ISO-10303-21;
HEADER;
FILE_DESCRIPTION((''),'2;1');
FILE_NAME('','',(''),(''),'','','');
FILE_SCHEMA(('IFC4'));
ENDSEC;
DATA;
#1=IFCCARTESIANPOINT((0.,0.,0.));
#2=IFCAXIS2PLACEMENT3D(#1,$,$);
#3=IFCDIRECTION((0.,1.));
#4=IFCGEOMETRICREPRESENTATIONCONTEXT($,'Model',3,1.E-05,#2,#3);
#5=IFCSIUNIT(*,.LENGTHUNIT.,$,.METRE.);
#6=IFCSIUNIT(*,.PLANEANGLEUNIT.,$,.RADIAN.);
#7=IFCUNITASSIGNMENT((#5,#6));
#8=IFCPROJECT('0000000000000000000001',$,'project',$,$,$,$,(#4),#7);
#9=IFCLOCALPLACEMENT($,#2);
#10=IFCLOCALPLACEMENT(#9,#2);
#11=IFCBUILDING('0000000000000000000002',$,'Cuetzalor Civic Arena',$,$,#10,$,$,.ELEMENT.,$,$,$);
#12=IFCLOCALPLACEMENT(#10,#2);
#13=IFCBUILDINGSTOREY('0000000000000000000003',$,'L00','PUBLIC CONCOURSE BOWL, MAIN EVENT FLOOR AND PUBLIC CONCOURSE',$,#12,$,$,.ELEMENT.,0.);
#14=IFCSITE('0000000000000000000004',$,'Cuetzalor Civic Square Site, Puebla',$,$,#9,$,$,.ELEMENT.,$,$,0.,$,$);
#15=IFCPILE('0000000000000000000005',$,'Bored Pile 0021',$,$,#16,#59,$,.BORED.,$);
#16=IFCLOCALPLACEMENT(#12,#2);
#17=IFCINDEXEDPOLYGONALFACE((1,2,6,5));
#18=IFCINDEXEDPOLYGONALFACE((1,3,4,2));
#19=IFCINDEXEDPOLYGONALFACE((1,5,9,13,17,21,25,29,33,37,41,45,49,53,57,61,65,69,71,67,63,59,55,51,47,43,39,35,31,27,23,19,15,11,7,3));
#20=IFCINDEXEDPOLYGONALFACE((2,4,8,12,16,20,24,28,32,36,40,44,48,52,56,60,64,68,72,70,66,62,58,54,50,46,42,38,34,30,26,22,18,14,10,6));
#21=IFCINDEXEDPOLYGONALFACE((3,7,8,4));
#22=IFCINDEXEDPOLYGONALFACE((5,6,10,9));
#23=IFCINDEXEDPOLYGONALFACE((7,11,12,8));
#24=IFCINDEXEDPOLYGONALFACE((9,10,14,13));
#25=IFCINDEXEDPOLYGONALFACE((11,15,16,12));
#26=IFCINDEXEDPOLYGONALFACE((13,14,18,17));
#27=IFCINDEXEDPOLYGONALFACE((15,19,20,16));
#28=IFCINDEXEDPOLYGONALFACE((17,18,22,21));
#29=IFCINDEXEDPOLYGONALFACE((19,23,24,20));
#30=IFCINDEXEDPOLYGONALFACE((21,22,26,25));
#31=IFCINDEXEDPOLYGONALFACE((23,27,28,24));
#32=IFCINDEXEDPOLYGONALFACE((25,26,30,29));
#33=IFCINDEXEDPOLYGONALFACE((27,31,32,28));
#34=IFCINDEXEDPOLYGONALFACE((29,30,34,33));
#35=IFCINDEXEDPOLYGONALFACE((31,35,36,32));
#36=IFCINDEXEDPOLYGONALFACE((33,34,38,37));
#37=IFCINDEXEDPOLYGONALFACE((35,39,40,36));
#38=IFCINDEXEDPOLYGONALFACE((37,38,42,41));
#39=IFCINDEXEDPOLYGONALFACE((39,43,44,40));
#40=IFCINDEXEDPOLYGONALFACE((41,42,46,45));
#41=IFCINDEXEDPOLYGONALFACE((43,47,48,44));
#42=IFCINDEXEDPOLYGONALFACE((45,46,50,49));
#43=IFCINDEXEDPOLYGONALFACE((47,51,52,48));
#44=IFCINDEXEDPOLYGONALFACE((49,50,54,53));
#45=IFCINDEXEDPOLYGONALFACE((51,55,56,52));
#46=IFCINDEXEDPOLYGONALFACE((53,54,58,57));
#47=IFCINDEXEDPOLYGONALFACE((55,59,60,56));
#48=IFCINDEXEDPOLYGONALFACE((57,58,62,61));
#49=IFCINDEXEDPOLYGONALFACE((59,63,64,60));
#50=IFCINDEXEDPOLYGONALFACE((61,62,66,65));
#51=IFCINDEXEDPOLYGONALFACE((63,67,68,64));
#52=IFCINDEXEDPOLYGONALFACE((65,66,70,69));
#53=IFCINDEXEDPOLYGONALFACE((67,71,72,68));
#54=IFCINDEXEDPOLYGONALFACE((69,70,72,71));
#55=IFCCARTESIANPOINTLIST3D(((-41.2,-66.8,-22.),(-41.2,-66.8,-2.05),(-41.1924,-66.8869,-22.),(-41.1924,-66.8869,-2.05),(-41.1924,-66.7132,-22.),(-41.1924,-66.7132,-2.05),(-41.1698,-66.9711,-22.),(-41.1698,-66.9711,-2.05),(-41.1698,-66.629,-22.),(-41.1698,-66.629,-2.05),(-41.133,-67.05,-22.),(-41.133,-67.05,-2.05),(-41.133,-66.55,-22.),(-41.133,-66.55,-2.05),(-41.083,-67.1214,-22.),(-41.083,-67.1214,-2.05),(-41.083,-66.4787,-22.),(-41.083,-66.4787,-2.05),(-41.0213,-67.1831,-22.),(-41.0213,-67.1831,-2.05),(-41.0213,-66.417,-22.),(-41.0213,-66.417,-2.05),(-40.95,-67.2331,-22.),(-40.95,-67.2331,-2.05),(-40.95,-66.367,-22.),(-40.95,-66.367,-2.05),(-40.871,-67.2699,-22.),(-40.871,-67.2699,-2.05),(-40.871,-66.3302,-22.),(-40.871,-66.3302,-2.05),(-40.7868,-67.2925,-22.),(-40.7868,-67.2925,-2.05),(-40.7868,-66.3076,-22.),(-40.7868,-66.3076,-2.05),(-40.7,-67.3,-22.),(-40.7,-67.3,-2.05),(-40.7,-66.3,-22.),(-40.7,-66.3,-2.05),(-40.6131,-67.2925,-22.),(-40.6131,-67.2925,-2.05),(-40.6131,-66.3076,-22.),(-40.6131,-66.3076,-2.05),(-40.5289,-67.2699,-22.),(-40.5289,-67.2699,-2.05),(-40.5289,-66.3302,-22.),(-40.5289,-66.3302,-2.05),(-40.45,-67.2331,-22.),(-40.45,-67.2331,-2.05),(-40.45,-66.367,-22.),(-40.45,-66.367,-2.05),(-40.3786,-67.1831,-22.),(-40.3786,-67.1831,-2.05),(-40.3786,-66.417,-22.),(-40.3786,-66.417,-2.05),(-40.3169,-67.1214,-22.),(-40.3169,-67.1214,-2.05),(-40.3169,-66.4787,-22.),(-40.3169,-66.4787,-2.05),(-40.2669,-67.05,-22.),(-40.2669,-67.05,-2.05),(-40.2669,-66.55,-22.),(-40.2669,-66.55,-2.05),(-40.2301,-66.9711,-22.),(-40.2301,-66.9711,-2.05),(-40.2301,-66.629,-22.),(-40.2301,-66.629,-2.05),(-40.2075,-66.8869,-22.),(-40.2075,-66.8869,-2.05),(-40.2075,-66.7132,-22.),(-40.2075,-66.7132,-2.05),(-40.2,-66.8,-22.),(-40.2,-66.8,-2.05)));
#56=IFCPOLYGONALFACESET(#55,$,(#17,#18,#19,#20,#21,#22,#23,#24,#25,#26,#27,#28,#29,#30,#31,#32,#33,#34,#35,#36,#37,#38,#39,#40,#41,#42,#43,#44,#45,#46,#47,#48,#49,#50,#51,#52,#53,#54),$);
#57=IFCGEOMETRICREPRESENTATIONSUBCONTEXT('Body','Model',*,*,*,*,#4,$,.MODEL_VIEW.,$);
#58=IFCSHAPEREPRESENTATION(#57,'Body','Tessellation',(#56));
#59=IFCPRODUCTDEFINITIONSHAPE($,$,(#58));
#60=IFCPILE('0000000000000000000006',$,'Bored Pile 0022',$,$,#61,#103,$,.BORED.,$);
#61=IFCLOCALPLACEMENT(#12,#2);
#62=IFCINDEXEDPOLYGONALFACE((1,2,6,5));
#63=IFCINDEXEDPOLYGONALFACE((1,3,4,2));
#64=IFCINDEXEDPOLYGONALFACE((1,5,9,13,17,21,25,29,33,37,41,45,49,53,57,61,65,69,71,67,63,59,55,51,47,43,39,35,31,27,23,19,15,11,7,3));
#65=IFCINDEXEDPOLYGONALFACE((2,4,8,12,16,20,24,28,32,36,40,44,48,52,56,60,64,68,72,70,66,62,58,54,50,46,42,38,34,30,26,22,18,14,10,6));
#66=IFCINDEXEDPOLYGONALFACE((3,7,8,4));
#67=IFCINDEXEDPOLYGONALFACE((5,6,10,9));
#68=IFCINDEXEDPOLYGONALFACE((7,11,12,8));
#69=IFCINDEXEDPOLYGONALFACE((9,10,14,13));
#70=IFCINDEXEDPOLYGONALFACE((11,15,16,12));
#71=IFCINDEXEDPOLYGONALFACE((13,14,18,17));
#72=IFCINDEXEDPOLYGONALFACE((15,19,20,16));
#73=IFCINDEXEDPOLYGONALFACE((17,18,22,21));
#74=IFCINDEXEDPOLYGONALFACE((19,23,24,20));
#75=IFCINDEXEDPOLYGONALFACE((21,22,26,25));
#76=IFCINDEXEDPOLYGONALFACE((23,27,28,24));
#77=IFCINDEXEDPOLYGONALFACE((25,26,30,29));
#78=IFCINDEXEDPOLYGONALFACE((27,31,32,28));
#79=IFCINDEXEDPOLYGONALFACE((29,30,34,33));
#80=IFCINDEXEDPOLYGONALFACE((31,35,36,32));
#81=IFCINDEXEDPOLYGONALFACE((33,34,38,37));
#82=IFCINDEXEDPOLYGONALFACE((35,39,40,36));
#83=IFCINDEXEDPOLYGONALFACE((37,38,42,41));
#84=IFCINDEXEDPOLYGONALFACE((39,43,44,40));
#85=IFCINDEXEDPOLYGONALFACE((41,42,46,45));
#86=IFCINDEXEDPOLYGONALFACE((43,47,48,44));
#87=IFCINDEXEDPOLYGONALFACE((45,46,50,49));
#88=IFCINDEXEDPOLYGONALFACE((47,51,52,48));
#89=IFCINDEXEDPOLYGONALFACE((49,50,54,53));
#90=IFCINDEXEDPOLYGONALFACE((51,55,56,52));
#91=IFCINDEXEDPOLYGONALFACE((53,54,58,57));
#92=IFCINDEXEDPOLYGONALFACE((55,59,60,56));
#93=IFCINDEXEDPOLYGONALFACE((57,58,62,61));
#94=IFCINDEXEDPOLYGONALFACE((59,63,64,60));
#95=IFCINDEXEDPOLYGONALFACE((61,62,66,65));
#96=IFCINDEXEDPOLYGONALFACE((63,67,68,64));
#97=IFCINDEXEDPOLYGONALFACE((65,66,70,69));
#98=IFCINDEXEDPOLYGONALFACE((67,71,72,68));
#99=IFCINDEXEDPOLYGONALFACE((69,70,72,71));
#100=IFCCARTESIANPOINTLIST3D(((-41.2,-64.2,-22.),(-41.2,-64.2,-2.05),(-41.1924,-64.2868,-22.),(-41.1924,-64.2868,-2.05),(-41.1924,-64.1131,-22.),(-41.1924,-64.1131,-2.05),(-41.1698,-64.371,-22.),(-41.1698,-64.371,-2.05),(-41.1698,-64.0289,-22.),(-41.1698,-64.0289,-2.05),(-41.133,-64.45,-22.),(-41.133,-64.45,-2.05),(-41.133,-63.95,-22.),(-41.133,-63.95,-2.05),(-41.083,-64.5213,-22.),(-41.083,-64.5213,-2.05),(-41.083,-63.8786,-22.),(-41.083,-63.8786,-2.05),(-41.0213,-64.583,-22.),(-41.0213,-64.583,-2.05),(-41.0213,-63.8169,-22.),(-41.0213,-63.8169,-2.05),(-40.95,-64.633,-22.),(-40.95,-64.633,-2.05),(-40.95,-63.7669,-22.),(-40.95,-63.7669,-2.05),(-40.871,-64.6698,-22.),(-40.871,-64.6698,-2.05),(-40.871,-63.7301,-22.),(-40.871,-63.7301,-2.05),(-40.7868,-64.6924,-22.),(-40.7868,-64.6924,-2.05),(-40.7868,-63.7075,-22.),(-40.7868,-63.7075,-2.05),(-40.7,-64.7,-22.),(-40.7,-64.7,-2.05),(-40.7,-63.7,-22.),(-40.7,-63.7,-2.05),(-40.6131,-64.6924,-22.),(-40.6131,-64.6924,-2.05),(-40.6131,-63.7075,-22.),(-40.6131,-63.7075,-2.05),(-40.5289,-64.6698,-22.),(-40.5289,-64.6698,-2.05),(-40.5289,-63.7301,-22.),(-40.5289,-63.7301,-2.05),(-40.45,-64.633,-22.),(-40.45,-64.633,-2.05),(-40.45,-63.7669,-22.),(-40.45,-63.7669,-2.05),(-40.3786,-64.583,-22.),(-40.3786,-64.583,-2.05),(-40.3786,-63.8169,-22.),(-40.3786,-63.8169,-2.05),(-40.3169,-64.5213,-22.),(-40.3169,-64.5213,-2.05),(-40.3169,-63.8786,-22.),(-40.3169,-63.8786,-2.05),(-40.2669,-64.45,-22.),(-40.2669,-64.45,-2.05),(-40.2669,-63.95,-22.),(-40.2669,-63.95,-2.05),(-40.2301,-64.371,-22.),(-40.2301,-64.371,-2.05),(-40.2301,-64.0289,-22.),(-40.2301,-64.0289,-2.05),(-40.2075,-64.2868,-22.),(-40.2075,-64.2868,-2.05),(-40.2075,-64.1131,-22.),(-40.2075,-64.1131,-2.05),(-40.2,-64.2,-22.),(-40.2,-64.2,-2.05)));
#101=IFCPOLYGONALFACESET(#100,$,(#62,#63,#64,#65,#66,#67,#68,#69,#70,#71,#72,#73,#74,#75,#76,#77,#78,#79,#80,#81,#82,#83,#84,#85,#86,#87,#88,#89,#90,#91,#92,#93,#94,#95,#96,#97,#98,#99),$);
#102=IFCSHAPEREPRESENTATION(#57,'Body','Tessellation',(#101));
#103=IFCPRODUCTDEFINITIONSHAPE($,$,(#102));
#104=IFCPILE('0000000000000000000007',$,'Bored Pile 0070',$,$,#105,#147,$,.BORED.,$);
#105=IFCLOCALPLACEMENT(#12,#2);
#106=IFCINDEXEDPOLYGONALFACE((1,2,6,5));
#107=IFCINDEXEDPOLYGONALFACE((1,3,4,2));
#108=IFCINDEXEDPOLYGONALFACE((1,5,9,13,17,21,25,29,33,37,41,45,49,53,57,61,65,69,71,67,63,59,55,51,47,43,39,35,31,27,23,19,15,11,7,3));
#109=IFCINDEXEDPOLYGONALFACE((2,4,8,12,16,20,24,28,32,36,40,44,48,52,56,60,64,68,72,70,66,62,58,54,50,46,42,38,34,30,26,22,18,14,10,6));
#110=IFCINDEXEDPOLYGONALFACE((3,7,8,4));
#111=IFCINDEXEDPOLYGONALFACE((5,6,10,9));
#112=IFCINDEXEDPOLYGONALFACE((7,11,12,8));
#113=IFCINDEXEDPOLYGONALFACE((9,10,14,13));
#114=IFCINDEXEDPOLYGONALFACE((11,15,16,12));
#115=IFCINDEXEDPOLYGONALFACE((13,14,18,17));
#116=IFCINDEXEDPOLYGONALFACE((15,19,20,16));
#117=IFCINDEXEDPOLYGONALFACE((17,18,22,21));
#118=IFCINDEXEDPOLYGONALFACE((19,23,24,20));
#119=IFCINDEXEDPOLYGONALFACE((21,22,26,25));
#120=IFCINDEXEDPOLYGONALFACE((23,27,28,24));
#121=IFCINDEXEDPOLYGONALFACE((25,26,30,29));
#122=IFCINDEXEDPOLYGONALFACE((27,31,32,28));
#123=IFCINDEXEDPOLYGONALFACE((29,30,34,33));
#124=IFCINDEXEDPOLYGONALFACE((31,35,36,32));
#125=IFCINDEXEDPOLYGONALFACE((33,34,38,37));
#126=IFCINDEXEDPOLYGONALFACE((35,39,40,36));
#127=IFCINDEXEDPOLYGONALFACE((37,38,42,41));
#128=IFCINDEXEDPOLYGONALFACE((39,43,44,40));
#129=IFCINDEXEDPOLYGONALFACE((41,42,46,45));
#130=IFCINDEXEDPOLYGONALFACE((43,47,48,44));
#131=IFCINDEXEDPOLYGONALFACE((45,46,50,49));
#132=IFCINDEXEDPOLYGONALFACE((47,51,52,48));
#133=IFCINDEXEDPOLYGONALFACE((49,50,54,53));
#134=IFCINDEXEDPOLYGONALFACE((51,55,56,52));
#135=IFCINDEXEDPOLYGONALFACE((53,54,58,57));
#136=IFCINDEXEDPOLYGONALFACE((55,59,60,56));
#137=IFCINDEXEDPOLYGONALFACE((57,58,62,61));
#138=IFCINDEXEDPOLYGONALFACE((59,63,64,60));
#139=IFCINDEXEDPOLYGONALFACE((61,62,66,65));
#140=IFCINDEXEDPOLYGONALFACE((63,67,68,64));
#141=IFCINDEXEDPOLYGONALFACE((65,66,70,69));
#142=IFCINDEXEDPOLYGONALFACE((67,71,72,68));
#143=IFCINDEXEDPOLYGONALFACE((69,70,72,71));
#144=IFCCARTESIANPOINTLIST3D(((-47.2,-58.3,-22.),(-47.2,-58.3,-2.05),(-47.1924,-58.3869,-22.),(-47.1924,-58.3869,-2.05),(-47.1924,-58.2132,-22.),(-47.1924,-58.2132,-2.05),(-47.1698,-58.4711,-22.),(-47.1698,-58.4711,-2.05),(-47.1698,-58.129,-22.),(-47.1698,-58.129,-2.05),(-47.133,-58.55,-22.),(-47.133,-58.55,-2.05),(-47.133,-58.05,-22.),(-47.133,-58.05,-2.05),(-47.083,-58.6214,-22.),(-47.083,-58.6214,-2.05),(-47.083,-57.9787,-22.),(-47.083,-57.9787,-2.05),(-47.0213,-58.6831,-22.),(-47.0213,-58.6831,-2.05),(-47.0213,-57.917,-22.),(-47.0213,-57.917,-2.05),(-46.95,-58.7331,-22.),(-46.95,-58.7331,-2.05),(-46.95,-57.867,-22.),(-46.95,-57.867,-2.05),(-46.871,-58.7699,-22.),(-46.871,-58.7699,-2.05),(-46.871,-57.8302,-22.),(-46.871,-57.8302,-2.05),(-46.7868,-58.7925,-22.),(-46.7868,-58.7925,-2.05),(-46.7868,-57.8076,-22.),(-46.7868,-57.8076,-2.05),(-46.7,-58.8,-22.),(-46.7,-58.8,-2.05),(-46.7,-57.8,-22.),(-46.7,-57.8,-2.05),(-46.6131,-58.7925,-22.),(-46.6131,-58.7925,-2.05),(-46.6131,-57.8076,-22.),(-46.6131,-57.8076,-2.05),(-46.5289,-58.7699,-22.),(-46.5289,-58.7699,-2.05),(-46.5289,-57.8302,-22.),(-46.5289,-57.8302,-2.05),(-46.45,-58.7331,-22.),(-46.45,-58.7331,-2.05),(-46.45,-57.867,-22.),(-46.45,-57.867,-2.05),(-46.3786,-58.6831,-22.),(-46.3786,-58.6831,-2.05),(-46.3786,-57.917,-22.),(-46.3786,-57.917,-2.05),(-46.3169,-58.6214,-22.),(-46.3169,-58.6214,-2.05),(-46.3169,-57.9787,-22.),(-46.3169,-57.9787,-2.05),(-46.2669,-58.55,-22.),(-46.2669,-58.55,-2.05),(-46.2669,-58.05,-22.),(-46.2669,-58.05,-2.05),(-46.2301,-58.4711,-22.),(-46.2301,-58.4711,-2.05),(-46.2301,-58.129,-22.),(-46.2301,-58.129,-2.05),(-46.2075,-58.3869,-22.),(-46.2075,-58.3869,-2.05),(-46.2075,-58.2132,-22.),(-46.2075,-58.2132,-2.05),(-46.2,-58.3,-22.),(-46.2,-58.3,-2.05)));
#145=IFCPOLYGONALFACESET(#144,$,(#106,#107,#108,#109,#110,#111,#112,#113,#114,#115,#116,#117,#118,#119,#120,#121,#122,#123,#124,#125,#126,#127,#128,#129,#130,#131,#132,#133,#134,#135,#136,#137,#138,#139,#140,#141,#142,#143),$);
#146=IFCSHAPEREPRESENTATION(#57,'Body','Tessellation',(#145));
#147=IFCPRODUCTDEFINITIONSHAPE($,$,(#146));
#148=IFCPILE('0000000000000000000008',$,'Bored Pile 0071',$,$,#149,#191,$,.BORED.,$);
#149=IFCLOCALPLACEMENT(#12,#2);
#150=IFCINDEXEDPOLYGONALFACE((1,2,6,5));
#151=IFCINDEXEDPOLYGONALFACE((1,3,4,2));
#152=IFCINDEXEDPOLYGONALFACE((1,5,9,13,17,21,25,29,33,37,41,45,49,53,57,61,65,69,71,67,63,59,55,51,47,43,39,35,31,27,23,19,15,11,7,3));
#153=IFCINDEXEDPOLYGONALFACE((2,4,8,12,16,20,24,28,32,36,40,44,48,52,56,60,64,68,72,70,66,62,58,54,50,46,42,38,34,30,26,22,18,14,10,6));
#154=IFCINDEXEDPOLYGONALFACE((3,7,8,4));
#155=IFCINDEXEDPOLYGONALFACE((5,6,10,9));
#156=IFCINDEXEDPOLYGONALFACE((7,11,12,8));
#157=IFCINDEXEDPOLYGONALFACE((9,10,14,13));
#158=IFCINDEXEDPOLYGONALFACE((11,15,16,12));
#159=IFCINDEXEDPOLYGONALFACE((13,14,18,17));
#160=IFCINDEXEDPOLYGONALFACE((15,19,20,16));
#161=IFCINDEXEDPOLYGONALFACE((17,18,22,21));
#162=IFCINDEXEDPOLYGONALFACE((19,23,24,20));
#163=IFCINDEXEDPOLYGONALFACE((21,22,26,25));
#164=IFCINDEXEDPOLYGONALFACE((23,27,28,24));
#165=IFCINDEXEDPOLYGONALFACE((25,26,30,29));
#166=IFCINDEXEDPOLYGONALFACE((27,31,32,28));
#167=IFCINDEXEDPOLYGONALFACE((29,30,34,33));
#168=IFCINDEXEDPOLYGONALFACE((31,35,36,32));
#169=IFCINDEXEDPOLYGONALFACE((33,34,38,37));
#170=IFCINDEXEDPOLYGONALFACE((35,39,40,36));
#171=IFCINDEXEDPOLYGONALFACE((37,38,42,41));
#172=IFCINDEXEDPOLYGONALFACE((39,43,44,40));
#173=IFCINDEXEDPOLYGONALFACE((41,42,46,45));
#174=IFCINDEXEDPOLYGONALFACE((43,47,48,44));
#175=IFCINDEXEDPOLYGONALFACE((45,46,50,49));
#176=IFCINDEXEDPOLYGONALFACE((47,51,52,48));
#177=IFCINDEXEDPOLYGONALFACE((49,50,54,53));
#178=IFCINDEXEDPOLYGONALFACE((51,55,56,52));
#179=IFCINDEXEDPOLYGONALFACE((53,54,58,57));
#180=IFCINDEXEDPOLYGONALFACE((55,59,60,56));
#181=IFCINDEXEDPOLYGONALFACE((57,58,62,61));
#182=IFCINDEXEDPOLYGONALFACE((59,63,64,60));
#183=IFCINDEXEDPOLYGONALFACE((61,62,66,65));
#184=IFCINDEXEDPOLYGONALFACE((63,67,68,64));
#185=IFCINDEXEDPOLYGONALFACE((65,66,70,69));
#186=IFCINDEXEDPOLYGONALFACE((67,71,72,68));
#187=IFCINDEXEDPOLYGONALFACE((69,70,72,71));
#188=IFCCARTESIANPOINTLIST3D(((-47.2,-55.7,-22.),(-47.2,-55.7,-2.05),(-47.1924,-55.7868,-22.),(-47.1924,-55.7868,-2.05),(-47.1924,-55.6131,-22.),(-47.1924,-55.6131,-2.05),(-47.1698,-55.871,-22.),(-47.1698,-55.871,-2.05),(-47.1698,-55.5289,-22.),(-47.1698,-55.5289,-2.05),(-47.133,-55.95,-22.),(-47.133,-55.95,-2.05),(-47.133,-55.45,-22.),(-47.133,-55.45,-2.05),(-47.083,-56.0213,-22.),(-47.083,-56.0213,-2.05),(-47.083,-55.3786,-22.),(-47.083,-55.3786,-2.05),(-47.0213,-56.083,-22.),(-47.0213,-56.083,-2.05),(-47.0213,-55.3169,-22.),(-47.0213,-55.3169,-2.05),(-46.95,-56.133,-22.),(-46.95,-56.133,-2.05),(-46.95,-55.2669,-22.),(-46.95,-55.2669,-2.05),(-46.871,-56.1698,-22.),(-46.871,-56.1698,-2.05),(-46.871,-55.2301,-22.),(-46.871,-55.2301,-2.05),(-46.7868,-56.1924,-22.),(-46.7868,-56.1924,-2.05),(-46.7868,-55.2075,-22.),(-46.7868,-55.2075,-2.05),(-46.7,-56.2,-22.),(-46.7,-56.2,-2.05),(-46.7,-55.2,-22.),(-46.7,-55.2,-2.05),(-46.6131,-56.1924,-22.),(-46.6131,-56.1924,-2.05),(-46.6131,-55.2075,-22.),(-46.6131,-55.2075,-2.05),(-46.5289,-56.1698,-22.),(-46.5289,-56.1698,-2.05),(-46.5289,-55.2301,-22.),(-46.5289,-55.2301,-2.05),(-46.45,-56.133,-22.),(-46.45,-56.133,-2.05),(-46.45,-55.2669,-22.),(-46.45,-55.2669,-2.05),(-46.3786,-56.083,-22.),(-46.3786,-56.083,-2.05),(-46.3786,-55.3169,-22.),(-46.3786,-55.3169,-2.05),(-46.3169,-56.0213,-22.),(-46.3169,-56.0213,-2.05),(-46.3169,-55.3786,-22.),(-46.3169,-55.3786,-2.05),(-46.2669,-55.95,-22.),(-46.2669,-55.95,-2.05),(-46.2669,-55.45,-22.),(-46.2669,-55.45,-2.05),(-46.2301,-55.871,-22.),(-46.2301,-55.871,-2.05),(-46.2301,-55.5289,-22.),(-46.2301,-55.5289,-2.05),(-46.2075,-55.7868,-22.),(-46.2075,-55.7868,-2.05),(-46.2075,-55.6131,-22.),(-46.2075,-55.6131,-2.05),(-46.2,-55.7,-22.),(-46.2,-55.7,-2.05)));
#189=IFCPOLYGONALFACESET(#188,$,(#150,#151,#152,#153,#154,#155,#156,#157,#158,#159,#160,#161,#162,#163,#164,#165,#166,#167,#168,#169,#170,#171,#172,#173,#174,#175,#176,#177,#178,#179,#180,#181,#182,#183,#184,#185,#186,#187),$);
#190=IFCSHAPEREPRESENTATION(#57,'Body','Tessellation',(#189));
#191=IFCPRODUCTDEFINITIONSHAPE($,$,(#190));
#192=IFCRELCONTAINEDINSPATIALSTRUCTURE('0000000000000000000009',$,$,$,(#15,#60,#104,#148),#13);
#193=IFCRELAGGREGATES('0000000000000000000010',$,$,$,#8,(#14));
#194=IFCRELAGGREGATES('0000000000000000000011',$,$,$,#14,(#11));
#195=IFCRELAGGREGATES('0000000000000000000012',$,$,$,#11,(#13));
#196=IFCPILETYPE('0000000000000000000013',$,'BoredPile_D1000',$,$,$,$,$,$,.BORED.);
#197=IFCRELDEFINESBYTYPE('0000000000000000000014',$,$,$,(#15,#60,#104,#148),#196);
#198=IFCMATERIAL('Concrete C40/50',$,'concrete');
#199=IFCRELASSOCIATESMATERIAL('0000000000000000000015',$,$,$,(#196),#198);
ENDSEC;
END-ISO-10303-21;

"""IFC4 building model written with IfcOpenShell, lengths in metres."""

from ifc_helpers import new_model, si_unit, direction, frame, origin, origin_2d, place, context, subcontext, project, spatial, circle, extrude, material, material_profile, profile_set, type_object, element, save


model = new_model("IFC4")

# Units and contexts
model_context = context("Model", 3, precision=1e-05, world=origin(), true_north=direction((0.0, 1.0)))
body_context = subcontext(model_context, "Body", "Model", "MODEL_VIEW")
ifc_project = project(units=[si_unit("LENGTHUNIT", "METRE"), si_unit("PLANEANGLEUNIT", "RADIAN")], contexts=[model_context])

# Site, building, storey
site_placement = place(None, origin())
site = spatial("IfcSite", under=ifc_project, at=site_placement, Name="Cuetzalor Civic Square Site, Puebla", CompositionType="ELEMENT", RefElevation=0.0)
building_placement = place(site_placement, origin())
building = spatial("IfcBuilding", under=site, at=building_placement, Name="Cuetzalor Civic Arena", CompositionType="ELEMENT")
storey_placement = place(building_placement, origin())
storey = spatial("IfcBuildingStorey", under=building, at=storey_placement, Name="L00", Description="PUBLIC CONCOURSE BOWL, MAIN EVENT FLOOR AND PUBLIC CONCOURSE", CompositionType="ELEMENT", Elevation=0.0)

# Piles
ifc_material_1 = material(Name="Concrete C40/50", Category="concrete")
ifc_material_profile_1 = material_profile(ifc_material_1, circle(Radius=0.5, at=origin_2d()), Name="BORED PILE D1000")
ifc_profile_set_1 = profile_set([ifc_material_profile_1], Name="Concrete C40/50")
pile_type = type_object("IfcPileType", Name="BoredPile_D1000", PredefinedType="BORED", material=ifc_profile_set_1)
for number, where, z_axis, x_axis, name in (
    (1, (-40.7, -66.8, -2.05), (0.0, 0.0, -1.0), (1.0, 0.0, 0.0), "Bored Pile 0021"),
    (2, (-40.7, -64.2, -2.05), (0.0, 0.0, -1.0), (1.0, 0.0, 0.0), "Bored Pile 0022"),
    (3, (-46.7, -58.3, -2.05), (0.0, 0.0, -1.0), (1.0, 0.0, 0.0), "Bored Pile 0070"),
    (4, (-46.7, -55.7, -2.05), (0.0, 0.0, -1.0), (1.0, 0.0, 0.0), "Bored Pile 0071"),
):
    element("IfcPile", number, at=place(storey_placement, frame(where, z_axis=z_axis, x_axis=x_axis)), inside=storey, type_object=pile_type, Name=name, PredefinedType="BORED", context=body_context, shape_type="SweptSolid", body=[
        extrude(circle(Radius=0.5, at=origin_2d()), origin(), (0.0, 0.0, 1.0), 19.95),
    ])

save(model, "model.ifc")
